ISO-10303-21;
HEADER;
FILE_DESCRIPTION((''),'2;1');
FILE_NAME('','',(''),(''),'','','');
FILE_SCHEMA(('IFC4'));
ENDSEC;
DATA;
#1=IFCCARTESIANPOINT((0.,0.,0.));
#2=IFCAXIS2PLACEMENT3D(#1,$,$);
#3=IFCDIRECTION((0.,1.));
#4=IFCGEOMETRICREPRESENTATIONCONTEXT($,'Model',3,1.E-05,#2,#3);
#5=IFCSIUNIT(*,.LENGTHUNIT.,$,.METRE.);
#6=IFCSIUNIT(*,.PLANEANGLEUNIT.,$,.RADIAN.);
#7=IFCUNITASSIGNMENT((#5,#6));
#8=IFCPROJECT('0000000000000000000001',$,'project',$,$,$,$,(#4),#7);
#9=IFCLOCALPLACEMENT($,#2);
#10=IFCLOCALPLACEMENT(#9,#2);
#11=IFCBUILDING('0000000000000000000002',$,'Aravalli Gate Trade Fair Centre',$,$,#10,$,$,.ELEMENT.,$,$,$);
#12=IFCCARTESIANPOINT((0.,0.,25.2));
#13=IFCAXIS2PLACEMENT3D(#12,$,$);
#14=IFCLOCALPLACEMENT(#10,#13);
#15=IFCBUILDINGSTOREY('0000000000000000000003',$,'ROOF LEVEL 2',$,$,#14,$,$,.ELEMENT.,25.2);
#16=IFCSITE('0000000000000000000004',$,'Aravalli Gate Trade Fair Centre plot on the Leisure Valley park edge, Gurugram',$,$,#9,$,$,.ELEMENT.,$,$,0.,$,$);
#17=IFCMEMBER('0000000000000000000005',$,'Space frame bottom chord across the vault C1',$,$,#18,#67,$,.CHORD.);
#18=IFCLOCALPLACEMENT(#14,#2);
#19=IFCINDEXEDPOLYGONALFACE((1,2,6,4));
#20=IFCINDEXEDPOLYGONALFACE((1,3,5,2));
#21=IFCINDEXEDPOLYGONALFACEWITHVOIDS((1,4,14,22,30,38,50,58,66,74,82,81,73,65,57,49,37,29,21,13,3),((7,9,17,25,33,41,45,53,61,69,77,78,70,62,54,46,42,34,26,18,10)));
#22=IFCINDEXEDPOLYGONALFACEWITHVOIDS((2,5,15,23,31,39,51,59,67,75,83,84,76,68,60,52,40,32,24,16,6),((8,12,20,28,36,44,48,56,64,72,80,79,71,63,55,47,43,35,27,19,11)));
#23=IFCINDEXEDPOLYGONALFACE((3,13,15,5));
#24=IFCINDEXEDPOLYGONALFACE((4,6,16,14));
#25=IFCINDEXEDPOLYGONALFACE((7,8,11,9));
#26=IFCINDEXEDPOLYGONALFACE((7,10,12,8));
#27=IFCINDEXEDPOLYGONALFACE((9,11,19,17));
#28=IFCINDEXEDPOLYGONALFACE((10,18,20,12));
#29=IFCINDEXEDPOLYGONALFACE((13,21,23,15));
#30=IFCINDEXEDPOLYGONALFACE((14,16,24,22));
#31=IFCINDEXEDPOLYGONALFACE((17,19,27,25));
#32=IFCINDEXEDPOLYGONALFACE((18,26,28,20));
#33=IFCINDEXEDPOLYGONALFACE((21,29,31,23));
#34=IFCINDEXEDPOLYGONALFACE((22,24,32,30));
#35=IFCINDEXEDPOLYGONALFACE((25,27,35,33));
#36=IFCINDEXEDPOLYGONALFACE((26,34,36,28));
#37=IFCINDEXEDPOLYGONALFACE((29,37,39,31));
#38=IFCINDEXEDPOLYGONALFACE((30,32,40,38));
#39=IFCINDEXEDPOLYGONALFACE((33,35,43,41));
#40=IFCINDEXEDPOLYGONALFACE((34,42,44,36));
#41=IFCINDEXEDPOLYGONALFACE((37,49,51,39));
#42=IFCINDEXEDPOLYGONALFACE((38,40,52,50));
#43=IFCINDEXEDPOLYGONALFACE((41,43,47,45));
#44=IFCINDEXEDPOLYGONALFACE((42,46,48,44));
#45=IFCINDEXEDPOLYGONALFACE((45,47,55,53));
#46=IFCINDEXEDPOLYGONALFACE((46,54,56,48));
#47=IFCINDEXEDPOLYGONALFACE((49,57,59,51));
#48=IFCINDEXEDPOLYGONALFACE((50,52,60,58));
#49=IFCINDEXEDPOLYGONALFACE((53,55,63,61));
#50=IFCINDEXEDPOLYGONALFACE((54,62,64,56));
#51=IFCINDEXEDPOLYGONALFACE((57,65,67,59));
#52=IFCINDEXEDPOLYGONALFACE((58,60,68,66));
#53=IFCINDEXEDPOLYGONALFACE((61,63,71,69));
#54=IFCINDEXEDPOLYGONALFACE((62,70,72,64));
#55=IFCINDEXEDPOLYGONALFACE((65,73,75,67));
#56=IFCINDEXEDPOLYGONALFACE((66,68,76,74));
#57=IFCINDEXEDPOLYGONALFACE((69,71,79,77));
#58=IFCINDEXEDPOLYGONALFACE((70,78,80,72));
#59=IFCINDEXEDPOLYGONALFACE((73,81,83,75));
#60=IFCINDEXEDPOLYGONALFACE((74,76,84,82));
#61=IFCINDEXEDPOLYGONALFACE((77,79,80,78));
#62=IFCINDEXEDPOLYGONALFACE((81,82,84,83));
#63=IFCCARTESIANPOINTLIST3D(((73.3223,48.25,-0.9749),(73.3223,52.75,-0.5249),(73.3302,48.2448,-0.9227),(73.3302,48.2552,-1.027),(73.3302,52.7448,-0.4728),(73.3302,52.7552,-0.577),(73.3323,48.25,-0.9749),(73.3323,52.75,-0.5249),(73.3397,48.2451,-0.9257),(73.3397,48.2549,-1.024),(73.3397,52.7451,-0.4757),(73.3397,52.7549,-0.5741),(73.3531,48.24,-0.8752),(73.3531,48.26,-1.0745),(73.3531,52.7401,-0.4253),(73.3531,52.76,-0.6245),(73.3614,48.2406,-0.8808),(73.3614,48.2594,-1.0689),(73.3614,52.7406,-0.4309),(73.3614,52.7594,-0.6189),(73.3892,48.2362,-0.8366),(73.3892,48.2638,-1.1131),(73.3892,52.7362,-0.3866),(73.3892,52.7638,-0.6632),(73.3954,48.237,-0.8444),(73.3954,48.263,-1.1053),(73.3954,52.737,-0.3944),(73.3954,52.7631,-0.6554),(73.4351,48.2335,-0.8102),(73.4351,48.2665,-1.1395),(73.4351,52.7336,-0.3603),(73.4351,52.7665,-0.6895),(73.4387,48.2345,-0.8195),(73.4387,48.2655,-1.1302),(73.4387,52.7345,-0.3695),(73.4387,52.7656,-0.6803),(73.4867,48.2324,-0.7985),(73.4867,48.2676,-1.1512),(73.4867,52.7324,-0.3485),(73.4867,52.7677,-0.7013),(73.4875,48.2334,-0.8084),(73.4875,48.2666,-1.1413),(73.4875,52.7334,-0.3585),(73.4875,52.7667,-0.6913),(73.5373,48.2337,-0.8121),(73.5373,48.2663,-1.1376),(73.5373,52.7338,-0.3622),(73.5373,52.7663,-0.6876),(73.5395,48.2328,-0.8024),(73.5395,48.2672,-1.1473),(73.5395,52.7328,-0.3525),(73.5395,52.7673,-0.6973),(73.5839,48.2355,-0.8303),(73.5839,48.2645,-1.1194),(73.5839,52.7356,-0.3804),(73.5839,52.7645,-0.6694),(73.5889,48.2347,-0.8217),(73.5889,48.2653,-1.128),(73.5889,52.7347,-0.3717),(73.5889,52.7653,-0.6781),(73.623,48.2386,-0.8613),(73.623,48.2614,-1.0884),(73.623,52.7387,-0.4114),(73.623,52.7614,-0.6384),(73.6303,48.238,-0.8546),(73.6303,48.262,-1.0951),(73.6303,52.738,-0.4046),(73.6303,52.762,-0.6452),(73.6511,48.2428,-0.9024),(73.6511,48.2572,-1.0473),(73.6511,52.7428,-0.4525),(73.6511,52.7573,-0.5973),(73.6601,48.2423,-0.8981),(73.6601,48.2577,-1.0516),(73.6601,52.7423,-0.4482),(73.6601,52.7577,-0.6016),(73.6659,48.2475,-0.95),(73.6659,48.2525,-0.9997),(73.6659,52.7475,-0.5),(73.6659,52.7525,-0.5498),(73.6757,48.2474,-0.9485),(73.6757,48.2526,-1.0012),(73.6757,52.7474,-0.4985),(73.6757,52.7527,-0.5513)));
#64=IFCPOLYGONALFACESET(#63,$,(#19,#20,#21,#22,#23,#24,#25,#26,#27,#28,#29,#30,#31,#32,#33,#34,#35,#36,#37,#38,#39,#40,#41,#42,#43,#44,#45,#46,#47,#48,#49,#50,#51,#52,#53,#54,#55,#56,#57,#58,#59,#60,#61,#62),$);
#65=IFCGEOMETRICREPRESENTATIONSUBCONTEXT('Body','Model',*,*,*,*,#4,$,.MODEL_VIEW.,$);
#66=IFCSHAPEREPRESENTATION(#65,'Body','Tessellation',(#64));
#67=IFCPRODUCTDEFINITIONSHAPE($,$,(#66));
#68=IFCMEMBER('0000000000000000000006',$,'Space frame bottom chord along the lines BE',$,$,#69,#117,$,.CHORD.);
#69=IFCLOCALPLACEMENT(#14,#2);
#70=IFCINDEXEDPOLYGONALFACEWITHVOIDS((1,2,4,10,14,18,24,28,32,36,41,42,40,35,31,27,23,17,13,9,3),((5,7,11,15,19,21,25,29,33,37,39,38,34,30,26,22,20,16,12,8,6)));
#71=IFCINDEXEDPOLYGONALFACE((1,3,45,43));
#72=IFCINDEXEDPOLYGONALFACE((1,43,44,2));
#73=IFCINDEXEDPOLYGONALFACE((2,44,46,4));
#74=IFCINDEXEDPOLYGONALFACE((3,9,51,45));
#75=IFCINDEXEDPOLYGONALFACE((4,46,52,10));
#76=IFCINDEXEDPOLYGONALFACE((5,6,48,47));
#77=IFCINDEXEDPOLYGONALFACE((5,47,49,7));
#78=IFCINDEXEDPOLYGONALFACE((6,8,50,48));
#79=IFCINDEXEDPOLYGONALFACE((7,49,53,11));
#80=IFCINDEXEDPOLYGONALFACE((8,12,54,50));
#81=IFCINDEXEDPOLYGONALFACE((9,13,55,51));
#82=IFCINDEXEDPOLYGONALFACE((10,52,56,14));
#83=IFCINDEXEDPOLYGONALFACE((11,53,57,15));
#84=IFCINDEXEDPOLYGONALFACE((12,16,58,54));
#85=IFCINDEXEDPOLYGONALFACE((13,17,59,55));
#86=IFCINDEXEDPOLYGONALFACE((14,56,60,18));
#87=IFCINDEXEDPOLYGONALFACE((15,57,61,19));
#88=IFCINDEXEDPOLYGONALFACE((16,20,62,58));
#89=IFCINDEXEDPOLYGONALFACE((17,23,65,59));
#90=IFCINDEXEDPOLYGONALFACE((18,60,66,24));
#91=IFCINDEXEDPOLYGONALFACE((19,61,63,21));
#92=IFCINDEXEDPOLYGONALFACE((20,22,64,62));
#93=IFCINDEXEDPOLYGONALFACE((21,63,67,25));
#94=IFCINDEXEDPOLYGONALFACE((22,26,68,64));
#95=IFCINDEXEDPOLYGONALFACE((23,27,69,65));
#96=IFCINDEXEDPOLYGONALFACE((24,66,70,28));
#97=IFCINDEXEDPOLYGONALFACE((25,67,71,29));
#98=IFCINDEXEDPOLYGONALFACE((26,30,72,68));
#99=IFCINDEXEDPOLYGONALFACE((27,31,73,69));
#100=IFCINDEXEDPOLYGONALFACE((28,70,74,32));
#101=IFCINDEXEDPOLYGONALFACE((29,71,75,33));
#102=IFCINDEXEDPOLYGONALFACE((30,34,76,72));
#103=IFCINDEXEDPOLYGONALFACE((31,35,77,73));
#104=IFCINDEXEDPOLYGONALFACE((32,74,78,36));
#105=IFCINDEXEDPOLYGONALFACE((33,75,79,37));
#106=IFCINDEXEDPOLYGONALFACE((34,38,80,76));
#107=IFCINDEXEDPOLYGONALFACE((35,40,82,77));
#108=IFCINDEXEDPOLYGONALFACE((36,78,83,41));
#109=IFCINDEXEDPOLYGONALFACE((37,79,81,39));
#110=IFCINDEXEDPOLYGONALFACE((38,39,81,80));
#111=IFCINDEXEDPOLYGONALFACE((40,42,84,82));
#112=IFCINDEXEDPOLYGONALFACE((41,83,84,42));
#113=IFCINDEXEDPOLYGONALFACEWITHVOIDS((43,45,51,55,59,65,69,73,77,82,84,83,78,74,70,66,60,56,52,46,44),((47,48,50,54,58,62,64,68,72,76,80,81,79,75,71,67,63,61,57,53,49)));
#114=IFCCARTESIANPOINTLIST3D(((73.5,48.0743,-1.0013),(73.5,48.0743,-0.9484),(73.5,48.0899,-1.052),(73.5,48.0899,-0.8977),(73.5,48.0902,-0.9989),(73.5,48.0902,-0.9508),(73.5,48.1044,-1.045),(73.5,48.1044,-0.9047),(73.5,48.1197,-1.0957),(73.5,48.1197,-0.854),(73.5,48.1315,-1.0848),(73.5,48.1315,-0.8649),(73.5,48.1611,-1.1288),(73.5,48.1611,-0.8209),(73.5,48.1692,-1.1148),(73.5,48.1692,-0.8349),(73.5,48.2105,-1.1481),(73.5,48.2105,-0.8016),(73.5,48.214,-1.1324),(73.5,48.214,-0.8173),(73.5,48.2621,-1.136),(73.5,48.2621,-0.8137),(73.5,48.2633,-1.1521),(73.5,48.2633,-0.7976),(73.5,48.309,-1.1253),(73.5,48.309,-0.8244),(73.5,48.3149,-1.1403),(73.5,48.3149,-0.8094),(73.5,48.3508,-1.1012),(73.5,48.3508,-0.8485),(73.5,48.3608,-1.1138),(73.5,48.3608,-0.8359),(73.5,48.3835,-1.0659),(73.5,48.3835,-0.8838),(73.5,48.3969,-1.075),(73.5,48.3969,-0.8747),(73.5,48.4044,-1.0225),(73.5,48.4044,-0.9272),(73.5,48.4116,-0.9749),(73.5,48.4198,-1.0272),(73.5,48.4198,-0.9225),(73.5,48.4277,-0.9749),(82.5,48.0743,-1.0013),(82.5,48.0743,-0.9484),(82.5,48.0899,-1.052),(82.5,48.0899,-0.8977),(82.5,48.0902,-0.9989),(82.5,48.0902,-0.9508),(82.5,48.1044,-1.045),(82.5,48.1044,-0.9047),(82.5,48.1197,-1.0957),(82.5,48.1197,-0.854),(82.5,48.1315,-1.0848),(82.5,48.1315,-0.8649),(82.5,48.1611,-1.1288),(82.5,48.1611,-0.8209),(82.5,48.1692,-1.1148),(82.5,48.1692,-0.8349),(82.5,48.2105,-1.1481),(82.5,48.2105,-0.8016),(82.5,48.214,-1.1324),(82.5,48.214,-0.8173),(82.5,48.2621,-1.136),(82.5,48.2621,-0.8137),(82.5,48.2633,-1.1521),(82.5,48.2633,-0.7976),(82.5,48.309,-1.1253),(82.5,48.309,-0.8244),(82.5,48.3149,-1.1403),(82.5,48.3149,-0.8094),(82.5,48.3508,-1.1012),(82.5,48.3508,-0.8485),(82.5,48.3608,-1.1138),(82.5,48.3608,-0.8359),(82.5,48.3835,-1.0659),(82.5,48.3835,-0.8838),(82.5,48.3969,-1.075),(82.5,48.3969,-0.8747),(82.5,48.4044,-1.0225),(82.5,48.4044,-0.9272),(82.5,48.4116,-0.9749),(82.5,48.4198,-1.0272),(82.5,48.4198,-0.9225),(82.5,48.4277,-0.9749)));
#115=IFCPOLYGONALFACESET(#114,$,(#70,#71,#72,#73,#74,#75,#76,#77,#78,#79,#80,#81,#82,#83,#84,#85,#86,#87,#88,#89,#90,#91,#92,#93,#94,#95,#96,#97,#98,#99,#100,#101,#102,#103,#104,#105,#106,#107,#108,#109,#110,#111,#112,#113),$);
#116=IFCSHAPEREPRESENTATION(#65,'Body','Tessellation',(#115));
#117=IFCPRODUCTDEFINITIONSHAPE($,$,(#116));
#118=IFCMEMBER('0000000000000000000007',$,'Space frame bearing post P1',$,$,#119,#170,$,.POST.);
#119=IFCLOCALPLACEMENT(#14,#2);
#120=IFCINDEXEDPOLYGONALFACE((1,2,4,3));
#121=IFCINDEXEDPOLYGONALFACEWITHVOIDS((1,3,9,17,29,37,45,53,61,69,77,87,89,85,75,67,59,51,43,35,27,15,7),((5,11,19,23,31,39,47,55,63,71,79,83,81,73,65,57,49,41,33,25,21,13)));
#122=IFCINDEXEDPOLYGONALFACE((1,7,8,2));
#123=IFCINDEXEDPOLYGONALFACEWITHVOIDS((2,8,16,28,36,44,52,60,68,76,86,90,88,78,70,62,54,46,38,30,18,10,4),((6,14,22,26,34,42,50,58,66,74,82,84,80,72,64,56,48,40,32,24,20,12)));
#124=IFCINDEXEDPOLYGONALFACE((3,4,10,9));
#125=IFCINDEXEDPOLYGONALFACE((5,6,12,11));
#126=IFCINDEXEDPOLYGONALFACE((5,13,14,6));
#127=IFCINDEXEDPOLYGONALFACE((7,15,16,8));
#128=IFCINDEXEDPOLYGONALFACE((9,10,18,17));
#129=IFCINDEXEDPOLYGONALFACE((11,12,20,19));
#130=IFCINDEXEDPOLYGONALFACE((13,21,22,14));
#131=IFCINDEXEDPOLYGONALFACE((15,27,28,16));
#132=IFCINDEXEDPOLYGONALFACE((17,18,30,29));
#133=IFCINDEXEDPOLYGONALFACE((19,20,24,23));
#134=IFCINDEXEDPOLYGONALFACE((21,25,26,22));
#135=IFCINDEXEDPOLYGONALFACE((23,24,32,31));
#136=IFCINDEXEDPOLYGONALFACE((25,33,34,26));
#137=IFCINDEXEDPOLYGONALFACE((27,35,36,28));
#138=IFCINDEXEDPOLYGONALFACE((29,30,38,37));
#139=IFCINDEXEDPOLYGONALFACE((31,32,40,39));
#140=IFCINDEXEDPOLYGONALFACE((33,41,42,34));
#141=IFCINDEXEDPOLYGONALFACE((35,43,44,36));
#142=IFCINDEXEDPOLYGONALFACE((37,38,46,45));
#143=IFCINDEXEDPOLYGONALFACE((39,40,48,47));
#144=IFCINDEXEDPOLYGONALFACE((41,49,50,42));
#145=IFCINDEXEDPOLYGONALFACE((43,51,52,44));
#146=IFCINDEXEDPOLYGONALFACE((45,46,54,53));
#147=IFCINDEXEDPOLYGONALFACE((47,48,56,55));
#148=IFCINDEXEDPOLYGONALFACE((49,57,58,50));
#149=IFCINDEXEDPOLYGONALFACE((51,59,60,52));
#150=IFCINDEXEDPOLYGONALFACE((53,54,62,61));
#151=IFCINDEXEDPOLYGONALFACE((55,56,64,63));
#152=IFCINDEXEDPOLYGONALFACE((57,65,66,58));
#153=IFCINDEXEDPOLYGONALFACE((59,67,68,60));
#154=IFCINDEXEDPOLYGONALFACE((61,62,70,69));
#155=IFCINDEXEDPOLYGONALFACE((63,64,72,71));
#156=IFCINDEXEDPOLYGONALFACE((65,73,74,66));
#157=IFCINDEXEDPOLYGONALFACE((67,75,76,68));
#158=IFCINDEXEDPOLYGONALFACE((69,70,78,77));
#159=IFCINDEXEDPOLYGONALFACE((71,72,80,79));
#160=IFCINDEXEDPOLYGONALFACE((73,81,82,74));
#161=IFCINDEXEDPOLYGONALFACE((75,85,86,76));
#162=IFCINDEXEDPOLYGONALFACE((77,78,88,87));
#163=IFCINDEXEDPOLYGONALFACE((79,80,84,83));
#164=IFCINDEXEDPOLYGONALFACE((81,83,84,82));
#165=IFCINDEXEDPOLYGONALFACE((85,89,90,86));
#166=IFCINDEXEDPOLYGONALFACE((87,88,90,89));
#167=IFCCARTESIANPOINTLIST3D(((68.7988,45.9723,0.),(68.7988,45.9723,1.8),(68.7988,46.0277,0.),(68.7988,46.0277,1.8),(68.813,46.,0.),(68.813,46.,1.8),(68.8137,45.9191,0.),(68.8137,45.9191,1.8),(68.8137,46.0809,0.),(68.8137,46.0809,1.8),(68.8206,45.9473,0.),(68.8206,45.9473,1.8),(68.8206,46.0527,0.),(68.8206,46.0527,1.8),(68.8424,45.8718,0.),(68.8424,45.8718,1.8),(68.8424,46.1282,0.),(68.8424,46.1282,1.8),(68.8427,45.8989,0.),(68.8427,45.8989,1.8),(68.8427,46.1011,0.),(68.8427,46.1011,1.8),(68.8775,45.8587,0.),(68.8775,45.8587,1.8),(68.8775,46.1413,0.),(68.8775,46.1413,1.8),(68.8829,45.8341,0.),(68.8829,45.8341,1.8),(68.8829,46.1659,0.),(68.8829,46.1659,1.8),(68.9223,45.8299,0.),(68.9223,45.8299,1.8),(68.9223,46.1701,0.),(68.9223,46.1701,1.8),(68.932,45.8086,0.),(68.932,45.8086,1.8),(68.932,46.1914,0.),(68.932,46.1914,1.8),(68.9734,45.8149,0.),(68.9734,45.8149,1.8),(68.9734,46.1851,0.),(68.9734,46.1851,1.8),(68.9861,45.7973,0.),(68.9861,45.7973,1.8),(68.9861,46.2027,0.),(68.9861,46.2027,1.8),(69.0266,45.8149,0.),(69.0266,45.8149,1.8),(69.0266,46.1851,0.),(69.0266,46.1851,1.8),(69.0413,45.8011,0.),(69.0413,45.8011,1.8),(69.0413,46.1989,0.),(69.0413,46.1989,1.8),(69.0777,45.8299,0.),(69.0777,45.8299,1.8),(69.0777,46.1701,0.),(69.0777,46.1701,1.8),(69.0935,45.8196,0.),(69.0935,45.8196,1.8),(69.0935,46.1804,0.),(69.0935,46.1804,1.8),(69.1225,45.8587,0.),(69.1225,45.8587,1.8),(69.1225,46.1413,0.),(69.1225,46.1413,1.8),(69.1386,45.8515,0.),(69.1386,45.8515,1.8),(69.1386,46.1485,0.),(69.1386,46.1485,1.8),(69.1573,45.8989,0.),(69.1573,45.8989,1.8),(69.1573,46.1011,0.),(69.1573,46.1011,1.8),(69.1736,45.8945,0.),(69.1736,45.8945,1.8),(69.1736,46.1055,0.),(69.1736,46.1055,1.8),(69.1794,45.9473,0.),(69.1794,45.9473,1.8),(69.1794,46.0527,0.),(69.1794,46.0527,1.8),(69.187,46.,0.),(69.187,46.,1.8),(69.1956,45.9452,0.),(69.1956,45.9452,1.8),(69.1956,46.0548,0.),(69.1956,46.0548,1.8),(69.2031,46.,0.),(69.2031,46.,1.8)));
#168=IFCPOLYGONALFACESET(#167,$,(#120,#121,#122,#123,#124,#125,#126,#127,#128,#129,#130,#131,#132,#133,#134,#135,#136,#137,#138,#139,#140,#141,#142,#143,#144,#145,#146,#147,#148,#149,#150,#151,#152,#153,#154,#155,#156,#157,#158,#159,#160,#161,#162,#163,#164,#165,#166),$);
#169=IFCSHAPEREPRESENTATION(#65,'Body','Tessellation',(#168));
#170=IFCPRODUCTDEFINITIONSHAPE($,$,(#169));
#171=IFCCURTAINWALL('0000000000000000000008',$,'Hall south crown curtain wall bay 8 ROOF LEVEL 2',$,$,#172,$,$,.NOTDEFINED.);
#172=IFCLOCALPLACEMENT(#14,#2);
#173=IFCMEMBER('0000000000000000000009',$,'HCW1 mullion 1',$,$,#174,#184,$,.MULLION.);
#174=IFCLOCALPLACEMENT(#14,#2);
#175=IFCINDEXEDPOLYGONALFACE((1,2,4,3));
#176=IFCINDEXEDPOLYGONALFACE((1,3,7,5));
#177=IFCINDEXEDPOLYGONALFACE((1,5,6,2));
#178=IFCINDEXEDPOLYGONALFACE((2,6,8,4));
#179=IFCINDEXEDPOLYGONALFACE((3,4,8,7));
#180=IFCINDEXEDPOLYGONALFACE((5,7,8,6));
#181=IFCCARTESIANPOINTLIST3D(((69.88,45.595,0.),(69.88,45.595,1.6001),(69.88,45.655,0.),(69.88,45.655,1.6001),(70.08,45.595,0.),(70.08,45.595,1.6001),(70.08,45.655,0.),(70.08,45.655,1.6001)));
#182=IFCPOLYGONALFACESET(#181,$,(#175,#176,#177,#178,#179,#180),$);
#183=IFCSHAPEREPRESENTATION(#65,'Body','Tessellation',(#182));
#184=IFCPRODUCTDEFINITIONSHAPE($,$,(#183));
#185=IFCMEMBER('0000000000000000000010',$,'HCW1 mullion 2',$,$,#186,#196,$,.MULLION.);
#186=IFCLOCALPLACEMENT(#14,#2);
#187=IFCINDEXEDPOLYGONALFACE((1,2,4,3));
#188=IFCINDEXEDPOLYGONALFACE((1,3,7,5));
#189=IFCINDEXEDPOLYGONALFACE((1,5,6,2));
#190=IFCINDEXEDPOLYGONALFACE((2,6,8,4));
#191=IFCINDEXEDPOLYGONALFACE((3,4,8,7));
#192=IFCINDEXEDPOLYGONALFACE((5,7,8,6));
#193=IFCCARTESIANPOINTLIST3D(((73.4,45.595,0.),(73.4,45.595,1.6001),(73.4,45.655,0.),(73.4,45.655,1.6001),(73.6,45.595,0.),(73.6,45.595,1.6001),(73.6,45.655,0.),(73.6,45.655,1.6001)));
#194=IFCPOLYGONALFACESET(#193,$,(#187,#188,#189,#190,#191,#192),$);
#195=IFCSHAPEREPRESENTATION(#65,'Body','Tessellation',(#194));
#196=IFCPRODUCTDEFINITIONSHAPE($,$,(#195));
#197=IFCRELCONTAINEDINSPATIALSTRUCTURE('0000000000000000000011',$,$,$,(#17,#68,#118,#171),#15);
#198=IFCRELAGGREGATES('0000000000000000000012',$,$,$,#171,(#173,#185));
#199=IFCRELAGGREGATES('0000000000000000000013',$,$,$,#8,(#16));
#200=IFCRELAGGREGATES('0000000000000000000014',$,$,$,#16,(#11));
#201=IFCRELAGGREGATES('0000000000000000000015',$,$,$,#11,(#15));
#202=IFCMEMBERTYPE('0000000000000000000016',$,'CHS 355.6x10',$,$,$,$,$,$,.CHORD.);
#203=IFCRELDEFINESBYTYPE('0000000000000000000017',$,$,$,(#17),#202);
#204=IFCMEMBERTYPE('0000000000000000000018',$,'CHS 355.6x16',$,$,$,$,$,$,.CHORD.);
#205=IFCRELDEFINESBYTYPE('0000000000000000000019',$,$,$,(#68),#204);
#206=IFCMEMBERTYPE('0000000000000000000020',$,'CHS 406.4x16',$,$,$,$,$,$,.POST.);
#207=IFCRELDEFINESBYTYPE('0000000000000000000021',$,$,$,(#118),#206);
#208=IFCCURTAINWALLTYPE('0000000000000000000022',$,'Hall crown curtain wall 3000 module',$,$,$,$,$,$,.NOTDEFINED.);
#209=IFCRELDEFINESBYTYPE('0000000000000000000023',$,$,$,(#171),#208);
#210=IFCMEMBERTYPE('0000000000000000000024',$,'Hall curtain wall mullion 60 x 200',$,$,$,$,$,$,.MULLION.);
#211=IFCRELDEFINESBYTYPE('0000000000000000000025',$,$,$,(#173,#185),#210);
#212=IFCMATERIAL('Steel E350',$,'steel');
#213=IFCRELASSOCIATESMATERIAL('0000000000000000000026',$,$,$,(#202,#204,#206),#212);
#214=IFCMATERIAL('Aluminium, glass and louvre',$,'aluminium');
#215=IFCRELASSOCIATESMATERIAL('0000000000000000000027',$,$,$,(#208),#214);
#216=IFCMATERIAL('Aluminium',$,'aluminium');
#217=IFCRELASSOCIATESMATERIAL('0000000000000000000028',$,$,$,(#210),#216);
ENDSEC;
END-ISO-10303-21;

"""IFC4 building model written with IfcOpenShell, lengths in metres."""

from ifc_helpers import new_model, si_unit, direction, frame, origin, origin_2d, place, context, subcontext, project, spatial, rectangle, hollow_circle, extrude, material, material_profile, profile_set, type_object, element, aggregate, save


model = new_model("IFC4")

# Units and contexts
model_context = context("Model", 3, precision=1e-05, world=origin(), true_north=direction((0.0, 1.0)))
body_context = subcontext(model_context, "Body", "Model", "MODEL_VIEW")
ifc_project = project(units=[si_unit("LENGTHUNIT", "METRE"), si_unit("PLANEANGLEUNIT", "RADIAN")], contexts=[model_context])

# Site, building, storey
site_placement = place(None, origin())
site = spatial("IfcSite", under=ifc_project, at=site_placement, Name="Aravalli Gate Trade Fair Centre plot on the Leisure Valley park edge, Gurugram", CompositionType="ELEMENT", RefElevation=0.0)
building_placement = place(site_placement, origin())
building = spatial("IfcBuilding", under=site, at=building_placement, Name="Aravalli Gate Trade Fair Centre", CompositionType="ELEMENT")
storey_placement = place(building_placement, frame((0.0, 0.0, 25.2)))
storey = spatial("IfcBuildingStorey", under=building, at=storey_placement, Name="ROOF LEVEL 2", CompositionType="ELEMENT", Elevation=25.2)

# Members
ifc_material_1 = material(Name="Steel E350", Category="steel")
ifc_material_profile_1 = material_profile(ifc_material_1, hollow_circle(Radius=0.1777, WallThickness=0.01, at=origin_2d()), Name="CHS 355.6x10")
ifc_profile_set_1 = profile_set([ifc_material_profile_1], Name="Steel E350")
member_type_1 = type_object("IfcMemberType", Name="CHS 355.6x10", PredefinedType="CHORD", material=ifc_profile_set_1)
member_1_placement = place(storey_placement, frame((73.5, 48.25, -0.9749), z_axis=(0.0, 0.995038, 0.099493), x_axis=(-1.0, 0.0, 0.0)))
element("IfcMember", 1, at=member_1_placement, inside=storey, type_object=member_type_1, Name="Space frame bottom chord across the vault C1", PredefinedType="CHORD", context=body_context, shape_type="SweptSolid", body=[
    extrude(hollow_circle(Radius=0.1777, WallThickness=0.01, at=origin_2d()), origin(), (0.0, 0.0, 1.0), 4.5225),
])
ifc_material_profile_2 = material_profile(ifc_material_1, hollow_circle(Radius=0.1777, WallThickness=0.0161, at=origin_2d()), Name="CHS 355.6x16")
ifc_profile_set_2 = profile_set([ifc_material_profile_2], Name="Steel E350")
member_type_2 = type_object("IfcMemberType", Name="CHS 355.6x16", PredefinedType="CHORD", material=ifc_profile_set_2)
member_2_placement = place(storey_placement, frame((73.5, 48.25, -0.9749), z_axis=(1.0, 0.0, 0.0), x_axis=(0.0, 1.0, 0.0)))
element("IfcMember", 2, at=member_2_placement, inside=storey, type_object=member_type_2, Name="Space frame bottom chord along the lines BE", PredefinedType="CHORD", context=body_context, shape_type="SweptSolid", body=[
    extrude(hollow_circle(Radius=0.1777, WallThickness=0.0161, at=origin_2d()), origin(), (0.0, 0.0, 1.0), 9.0),
])
ifc_material_profile_3 = material_profile(ifc_material_1, hollow_circle(Radius=0.2031, WallThickness=0.0161, at=origin_2d()), Name="CHS 406.4x16")
ifc_profile_set_3 = profile_set([ifc_material_profile_3], Name="Steel E350")
member_type_3 = type_object("IfcMemberType", Name="CHS 406.4x16", PredefinedType="POST", material=ifc_profile_set_3)
member_3_placement = place(storey_placement, frame((69.0, 46.0, 0.0), z_axis=(0.0, 0.0, 1.0), x_axis=(1.0, 0.0, 0.0)))
element("IfcMember", 3, at=member_3_placement, inside=storey, type_object=member_type_3, Name="Space frame bearing post P1", PredefinedType="POST", context=body_context, shape_type="SweptSolid", body=[
    extrude(hollow_circle(Radius=0.2031, WallThickness=0.0161, at=origin_2d()), origin(), (0.0, 0.0, 1.0), 1.8),
])

# Curtain wall, members
ifc_material_2 = material(Name="Aluminium, glass and louvre", Category="aluminium")
curtain_wall_type = type_object("IfcCurtainWallType", Name="Hall crown curtain wall 3000 module", PredefinedType="NOTDEFINED", material=ifc_material_2)
curtain_wall_placement = place(storey_placement, origin())
curtain_wall = element("IfcCurtainWall", 4, at=curtain_wall_placement, inside=storey, type_object=curtain_wall_type, Name="Hall south crown curtain wall bay 8 ROOF LEVEL 2", PredefinedType="NOTDEFINED")
ifc_material_3 = material(Name="Aluminium", Category="aluminium")
ifc_material_profile_4 = material_profile(ifc_material_3, rectangle(XDim=0.0601, YDim=0.2, at=origin_2d()), Name="Hall curtain wall mullion 60 x 200")
ifc_profile_set_4 = profile_set([ifc_material_profile_4], Name="Aluminium")
member_type_4 = type_object("IfcMemberType", Name="Hall curtain wall mullion 60 x 200", PredefinedType="MULLION", material=ifc_profile_set_4)
member_4_placement = place(storey_placement, frame((69.98, 45.625, 0.0), z_axis=(0.0, 0.0, 1.0), x_axis=(0.0, 1.0, 0.0)))
member_4 = element("IfcMember", 5, at=member_4_placement, type_object=member_type_4, Name="HCW1 mullion 1", PredefinedType="MULLION", context=body_context, shape_type="SweptSolid", body=[
    extrude(rectangle(XDim=0.0601, YDim=0.2, at=origin_2d()), origin(), (0.0, 0.0, 1.0), 1.6001),
])
member_5_placement = place(storey_placement, frame((73.5, 45.625, 0.0), z_axis=(0.0, 0.0, 1.0), x_axis=(0.0, 1.0, 0.0)))
member_5 = element("IfcMember", 6, at=member_5_placement, type_object=member_type_4, Name="HCW1 mullion 2", PredefinedType="MULLION", context=body_context, shape_type="SweptSolid", body=[
    extrude(rectangle(XDim=0.0601, YDim=0.2, at=origin_2d()), origin(), (0.0, 0.0, 1.0), 1.6001),
])
aggregate(curtain_wall, [member_4, member_5])

save(model, "model.ifc")
